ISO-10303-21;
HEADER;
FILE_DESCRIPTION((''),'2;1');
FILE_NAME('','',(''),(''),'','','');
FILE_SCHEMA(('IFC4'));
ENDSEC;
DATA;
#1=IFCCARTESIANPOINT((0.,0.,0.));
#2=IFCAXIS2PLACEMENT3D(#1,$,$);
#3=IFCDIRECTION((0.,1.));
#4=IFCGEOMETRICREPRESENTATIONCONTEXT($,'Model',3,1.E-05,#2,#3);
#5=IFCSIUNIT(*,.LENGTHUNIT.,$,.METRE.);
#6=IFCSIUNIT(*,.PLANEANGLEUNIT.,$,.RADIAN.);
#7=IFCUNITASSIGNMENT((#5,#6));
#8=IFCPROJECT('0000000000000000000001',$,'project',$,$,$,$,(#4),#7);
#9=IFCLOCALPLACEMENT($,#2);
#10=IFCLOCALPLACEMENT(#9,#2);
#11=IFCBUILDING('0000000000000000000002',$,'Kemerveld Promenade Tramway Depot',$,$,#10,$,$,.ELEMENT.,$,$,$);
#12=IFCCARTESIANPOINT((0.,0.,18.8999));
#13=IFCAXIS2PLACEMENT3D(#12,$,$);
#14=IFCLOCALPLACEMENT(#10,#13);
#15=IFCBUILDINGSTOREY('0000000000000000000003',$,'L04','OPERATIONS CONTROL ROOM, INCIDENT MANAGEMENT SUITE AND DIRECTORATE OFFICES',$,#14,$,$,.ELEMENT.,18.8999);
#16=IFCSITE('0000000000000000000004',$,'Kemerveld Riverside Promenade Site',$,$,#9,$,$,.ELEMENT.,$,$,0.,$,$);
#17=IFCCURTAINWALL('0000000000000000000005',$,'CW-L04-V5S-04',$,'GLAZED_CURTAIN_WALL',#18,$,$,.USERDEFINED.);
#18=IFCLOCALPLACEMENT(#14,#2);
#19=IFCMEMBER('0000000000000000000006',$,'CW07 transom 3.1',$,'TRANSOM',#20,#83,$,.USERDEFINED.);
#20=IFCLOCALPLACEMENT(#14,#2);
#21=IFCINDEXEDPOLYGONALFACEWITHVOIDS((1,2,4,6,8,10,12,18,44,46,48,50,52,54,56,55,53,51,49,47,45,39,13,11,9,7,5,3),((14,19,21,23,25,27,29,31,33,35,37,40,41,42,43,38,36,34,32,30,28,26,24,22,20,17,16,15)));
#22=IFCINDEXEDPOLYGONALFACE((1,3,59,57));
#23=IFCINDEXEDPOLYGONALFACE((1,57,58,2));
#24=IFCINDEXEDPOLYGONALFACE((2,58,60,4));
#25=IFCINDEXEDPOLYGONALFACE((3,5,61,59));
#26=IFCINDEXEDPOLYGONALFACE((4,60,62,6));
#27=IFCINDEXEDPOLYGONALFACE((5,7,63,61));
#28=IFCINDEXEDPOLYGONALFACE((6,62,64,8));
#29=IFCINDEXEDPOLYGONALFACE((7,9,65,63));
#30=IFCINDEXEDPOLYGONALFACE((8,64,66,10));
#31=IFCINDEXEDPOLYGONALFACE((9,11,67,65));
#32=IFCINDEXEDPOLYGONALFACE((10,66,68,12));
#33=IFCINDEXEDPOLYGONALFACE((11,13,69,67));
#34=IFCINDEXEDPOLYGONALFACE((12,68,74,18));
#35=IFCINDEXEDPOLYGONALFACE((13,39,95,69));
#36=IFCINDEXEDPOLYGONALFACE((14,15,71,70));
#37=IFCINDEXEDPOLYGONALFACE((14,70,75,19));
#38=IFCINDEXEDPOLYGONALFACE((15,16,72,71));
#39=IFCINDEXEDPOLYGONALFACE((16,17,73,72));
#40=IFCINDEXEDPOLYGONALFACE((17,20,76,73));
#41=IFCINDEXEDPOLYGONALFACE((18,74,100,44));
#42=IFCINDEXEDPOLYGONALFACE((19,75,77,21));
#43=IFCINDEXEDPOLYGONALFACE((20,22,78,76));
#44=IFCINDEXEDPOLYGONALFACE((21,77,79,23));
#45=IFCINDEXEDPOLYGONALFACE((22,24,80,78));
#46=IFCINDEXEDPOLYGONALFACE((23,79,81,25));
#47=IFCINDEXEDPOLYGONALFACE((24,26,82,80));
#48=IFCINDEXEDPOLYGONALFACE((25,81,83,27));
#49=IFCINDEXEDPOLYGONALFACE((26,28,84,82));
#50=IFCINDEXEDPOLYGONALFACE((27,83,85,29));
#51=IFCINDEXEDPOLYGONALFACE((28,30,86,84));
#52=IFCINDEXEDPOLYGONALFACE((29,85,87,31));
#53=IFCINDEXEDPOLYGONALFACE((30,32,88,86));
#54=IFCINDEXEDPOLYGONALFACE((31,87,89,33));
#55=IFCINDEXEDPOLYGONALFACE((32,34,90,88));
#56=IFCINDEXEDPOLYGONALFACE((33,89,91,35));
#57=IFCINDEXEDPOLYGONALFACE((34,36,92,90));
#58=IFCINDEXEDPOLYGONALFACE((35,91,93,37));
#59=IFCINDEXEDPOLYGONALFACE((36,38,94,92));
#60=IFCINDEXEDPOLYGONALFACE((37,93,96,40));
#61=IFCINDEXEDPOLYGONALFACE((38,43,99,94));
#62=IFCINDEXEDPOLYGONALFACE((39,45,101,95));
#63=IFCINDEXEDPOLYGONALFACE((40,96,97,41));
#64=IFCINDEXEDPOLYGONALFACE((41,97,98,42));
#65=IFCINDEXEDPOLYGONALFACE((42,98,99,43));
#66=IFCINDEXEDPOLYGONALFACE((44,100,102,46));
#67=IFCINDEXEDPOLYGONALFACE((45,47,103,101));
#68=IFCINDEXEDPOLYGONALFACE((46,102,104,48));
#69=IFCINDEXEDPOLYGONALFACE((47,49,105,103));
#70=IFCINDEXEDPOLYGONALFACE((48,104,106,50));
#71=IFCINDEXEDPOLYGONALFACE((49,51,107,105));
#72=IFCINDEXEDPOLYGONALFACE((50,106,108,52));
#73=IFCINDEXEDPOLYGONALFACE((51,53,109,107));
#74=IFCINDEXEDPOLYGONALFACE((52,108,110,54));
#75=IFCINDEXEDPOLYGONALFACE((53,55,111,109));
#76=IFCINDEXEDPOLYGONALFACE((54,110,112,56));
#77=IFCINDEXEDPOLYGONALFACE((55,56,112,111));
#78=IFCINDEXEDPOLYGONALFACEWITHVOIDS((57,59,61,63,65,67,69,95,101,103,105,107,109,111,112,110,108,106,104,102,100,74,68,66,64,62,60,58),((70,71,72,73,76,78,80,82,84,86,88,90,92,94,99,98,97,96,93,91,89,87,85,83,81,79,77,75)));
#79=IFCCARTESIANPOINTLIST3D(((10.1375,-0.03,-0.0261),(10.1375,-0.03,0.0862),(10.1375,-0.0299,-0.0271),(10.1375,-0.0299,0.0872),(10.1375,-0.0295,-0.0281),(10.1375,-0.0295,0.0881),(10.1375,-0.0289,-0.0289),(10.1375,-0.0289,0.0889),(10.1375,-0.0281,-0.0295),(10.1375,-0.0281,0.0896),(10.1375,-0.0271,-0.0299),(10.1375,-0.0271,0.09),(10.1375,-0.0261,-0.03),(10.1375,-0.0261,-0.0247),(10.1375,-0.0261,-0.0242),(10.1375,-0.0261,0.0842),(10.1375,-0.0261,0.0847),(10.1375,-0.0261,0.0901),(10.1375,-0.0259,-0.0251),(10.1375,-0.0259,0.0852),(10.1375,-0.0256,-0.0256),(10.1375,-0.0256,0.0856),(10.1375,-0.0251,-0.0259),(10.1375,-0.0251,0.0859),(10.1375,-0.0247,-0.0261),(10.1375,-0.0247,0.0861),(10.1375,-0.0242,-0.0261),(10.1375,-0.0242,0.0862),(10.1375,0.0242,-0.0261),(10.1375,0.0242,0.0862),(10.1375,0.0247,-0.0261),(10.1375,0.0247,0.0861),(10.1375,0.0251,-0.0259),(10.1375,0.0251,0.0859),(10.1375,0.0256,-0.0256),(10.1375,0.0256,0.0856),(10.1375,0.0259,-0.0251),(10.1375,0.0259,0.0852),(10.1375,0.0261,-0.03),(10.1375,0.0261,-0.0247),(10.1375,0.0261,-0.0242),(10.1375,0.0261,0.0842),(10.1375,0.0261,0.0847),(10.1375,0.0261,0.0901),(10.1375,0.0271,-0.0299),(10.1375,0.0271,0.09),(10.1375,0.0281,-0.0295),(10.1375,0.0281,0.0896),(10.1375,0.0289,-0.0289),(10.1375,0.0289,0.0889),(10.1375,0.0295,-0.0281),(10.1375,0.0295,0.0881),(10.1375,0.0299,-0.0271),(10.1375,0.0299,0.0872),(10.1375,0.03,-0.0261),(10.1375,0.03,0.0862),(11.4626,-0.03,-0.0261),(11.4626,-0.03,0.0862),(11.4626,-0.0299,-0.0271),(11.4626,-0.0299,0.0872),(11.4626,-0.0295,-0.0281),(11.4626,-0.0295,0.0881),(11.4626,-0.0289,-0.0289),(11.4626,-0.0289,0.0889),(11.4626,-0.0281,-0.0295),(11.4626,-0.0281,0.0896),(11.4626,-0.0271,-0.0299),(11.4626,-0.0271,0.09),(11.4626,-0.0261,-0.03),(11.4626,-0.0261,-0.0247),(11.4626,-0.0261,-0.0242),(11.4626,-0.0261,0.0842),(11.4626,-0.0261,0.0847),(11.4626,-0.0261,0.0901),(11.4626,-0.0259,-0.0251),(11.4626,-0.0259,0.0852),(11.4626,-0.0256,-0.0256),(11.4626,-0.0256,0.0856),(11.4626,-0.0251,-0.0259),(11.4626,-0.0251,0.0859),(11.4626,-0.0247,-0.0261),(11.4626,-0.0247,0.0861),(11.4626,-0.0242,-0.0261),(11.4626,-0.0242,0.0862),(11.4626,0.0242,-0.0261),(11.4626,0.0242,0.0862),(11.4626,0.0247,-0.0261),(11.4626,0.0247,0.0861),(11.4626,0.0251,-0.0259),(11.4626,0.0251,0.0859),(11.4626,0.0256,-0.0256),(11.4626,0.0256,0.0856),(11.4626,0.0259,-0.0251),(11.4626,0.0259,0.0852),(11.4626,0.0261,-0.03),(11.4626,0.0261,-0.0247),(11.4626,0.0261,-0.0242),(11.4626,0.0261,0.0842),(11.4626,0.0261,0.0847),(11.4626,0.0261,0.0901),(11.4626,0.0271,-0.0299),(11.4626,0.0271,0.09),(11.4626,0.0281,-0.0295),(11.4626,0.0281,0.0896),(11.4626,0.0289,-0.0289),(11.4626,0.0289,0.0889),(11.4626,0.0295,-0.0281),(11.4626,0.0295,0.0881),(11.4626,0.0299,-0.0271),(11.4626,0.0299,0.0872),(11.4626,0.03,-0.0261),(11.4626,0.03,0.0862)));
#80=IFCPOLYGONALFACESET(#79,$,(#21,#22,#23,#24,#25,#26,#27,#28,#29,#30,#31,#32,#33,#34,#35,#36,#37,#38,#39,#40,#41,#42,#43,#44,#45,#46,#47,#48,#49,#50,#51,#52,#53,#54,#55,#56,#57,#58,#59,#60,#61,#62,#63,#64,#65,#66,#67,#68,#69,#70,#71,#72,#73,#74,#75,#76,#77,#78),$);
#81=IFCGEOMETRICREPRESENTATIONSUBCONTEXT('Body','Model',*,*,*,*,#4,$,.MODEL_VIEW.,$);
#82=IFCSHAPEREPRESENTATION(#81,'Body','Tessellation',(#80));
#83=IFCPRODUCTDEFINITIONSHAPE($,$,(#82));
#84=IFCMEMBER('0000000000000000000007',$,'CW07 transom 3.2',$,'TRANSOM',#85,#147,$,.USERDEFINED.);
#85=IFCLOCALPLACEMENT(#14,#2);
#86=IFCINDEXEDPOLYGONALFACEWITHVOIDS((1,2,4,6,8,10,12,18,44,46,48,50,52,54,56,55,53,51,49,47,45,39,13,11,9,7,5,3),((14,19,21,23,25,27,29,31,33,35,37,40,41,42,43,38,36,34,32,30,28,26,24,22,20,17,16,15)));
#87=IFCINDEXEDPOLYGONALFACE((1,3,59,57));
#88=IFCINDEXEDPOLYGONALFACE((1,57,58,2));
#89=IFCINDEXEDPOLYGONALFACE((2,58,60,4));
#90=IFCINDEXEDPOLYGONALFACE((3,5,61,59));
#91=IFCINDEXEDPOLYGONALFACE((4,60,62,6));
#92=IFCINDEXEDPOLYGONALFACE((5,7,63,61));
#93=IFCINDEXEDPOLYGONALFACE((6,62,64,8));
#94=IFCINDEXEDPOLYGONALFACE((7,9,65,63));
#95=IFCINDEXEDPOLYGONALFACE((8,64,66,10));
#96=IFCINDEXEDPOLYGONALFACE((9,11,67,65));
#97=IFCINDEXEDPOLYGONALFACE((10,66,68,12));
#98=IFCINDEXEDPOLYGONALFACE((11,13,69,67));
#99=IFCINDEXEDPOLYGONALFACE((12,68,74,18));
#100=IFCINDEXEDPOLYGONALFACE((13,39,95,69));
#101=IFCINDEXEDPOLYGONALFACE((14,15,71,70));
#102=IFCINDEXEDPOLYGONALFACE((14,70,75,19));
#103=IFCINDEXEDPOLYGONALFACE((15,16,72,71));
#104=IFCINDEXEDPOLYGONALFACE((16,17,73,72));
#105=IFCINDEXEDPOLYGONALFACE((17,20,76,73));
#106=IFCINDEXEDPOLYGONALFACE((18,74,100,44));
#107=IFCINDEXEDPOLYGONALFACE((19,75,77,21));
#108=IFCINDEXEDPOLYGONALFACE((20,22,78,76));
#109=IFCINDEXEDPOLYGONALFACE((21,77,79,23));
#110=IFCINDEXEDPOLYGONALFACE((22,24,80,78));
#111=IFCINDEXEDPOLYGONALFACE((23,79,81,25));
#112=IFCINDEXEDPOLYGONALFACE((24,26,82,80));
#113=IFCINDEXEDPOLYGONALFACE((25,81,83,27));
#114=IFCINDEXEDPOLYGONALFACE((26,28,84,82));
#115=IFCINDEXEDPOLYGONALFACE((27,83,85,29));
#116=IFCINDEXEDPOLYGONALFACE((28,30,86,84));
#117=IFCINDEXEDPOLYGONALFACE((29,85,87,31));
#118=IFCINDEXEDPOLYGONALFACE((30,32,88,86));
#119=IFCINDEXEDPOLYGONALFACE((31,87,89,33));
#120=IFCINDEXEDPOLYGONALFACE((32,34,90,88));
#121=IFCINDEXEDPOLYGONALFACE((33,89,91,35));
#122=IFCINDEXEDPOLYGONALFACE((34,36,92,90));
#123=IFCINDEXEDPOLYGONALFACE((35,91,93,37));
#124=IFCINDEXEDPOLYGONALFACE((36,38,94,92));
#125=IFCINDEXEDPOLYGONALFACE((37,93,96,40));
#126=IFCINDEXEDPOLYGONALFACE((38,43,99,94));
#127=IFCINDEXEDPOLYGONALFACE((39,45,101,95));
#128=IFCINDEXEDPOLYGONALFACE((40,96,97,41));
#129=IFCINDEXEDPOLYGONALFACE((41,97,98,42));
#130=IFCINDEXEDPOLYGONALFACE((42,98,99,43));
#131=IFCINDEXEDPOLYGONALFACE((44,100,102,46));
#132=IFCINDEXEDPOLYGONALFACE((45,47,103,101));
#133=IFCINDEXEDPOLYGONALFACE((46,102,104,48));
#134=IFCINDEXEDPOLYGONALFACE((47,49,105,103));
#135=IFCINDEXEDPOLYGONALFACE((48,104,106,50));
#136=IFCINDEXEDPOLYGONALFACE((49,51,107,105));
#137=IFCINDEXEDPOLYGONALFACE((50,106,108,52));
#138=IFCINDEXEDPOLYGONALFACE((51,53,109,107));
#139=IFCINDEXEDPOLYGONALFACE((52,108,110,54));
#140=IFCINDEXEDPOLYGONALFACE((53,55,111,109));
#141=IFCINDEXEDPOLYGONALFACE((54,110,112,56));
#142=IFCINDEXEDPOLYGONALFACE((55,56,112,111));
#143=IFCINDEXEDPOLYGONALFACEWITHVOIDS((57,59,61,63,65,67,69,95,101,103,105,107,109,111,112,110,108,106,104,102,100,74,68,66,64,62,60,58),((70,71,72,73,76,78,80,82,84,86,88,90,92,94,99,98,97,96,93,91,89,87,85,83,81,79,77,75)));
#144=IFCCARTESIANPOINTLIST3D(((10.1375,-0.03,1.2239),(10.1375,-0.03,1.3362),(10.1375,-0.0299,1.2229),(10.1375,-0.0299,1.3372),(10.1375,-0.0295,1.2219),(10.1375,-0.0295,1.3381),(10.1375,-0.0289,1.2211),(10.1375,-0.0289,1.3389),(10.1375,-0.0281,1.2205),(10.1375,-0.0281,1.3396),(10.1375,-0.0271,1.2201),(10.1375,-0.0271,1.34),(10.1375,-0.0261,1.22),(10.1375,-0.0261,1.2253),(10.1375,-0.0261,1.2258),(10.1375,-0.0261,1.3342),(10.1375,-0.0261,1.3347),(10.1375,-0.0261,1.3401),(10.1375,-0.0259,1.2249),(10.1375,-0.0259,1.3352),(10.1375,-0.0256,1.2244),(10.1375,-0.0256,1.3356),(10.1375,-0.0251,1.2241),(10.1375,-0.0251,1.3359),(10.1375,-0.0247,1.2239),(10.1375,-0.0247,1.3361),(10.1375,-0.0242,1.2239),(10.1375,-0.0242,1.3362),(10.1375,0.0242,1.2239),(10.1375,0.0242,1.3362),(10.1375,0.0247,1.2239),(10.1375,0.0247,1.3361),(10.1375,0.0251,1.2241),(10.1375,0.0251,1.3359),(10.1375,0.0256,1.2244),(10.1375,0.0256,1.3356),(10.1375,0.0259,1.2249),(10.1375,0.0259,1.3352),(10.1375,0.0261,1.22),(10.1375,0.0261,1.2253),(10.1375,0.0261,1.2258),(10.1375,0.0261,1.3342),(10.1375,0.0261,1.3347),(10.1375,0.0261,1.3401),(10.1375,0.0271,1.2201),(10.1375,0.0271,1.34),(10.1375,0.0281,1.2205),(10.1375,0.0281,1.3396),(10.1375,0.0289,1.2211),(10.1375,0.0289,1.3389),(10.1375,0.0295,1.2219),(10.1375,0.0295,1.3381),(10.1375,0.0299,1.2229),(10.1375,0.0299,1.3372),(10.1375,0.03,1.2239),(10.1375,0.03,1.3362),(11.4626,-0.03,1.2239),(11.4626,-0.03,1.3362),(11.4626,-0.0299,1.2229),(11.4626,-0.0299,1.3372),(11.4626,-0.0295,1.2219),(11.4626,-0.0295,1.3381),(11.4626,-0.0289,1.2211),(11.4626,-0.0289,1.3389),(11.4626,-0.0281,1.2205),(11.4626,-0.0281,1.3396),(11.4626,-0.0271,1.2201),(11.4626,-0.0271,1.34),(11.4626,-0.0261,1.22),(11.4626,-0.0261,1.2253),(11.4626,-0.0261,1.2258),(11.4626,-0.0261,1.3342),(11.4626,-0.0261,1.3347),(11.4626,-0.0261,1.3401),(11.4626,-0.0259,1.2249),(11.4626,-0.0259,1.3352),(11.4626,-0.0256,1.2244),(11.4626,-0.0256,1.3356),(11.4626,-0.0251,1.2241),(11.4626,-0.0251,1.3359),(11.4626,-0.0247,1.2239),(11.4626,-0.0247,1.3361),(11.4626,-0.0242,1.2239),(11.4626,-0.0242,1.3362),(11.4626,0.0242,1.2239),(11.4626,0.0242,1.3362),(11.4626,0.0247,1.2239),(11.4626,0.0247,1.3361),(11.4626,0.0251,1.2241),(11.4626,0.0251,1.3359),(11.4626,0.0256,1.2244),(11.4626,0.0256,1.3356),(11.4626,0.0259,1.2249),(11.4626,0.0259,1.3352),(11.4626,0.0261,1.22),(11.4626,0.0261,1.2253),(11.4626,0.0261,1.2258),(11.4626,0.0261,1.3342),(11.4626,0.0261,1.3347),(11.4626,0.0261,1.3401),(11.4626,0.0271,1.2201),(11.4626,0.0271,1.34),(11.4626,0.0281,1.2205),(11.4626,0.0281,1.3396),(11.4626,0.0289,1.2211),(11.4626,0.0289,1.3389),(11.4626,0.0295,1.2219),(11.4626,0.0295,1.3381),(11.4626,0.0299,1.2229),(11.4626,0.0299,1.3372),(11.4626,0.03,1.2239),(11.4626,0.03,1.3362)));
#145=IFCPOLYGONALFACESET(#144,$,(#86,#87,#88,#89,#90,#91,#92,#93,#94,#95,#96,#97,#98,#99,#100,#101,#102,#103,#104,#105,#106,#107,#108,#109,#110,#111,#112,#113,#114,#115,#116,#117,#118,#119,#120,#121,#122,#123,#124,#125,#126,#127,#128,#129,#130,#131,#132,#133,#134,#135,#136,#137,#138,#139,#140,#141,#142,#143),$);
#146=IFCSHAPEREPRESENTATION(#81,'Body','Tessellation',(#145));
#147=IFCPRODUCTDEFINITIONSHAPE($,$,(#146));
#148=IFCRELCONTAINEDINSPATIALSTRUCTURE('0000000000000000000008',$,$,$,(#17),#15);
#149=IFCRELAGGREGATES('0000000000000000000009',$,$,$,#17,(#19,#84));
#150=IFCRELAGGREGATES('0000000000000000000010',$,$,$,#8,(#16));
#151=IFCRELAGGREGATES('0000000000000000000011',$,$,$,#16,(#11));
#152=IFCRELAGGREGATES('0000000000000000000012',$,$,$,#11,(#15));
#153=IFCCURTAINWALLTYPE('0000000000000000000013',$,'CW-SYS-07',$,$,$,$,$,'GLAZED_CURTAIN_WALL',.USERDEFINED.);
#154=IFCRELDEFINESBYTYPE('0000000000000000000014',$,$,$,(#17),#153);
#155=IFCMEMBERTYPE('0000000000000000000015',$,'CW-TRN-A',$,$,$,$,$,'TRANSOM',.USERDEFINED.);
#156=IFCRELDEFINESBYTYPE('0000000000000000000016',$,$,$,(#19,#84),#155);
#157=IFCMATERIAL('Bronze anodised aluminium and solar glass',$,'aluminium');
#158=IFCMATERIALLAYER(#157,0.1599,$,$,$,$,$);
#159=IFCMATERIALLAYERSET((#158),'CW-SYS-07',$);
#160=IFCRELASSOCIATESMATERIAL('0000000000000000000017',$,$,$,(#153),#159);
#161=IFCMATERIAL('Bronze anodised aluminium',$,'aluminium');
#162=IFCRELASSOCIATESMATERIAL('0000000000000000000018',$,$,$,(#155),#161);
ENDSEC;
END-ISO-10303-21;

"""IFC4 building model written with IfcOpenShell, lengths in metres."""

from ifc_helpers import new_model, si_unit, direction, frame, origin, origin_2d, place, context, subcontext, project, spatial, hollow_rectangle, extrude, material, layer, layer_set, material_profile, profile_set, type_object, element, aggregate, save


model = new_model("IFC4")

# Units and contexts
model_context = context("Model", 3, precision=1e-05, world=origin(), true_north=direction((0.0, 1.0)))
body_context = subcontext(model_context, "Body", "Model", "MODEL_VIEW")
ifc_project = project(units=[si_unit("LENGTHUNIT", "METRE"), si_unit("PLANEANGLEUNIT", "RADIAN")], contexts=[model_context])

# Site, building, storey
site_placement = place(None, origin())
site = spatial("IfcSite", under=ifc_project, at=site_placement, Name="Kemerveld Riverside Promenade Site", CompositionType="ELEMENT", RefElevation=0.0)
building_placement = place(site_placement, origin())
building = spatial("IfcBuilding", under=site, at=building_placement, Name="Kemerveld Promenade Tramway Depot", CompositionType="ELEMENT")
storey_placement = place(building_placement, frame((0.0, 0.0, 18.8999)))
storey = spatial("IfcBuildingStorey", under=building, at=storey_placement, Name="L04", Description="OPERATIONS CONTROL ROOM, INCIDENT MANAGEMENT SUITE AND DIRECTORATE OFFICES", CompositionType="ELEMENT", Elevation=18.8999)

# Curtain wall, members
ifc_material_1 = material(Name="Bronze anodised aluminium and solar glass", Category="aluminium")
ifc_layer_1 = layer(ifc_material_1, 0.1599)
ifc_layer_set_1 = layer_set([ifc_layer_1], Name="CW-SYS-07")
curtain_wall_type = type_object("IfcCurtainWallType", Name="CW-SYS-07", ElementType="GLAZED_CURTAIN_WALL", PredefinedType="USERDEFINED", material=ifc_layer_set_1)
curtain_wall_placement = place(storey_placement, origin())
curtain_wall = element("IfcCurtainWall", 1, at=curtain_wall_placement, inside=storey, type_object=curtain_wall_type, Name="CW-L04-V5S-04", ObjectType="GLAZED_CURTAIN_WALL", PredefinedType="USERDEFINED")
ifc_material_2 = material(Name="Bronze anodised aluminium", Category="aluminium")
ifc_material_profile_1 = material_profile(ifc_material_2, hollow_rectangle(XDim=0.0601, YDim=0.1201, WallThickness=0.0039, InnerFilletRadius=0.002, OuterFilletRadius=0.0039, at=origin_2d()), Name="CW-TRN-120x60")
ifc_profile_set_1 = profile_set([ifc_material_profile_1], Name="Bronze anodised aluminium")
member_type_1 = type_object("IfcMemberType", Name="CW-TRN-A", ElementType="TRANSOM", PredefinedType="USERDEFINED", material=ifc_profile_set_1)
member_1_placement = place(storey_placement, frame((11.4626, 0.0, 0.03), z_axis=(-1.0, 0.0, 0.0), x_axis=(0.0, -1.0, 0.0)))
member_1 = element("IfcMember", 2, at=member_1_placement, type_object=member_type_1, Name="CW07 transom 3.1", ObjectType="TRANSOM", PredefinedType="USERDEFINED", context=body_context, shape_type="SweptSolid", body=[
    extrude(hollow_rectangle(XDim=0.0601, YDim=0.1201, WallThickness=0.0039, InnerFilletRadius=0.002, OuterFilletRadius=0.0039, at=origin_2d()), origin(), (0.0, 0.0, 1.0), 1.3252),
])
member_2_placement = place(storey_placement, frame((11.4626, 0.0, 1.28), z_axis=(-1.0, 0.0, 0.0), x_axis=(0.0, -1.0, 0.0)))
member_2 = element("IfcMember", 3, at=member_2_placement, type_object=member_type_1, Name="CW07 transom 3.2", ObjectType="TRANSOM", PredefinedType="USERDEFINED", context=body_context, shape_type="SweptSolid", body=[
    extrude(hollow_rectangle(XDim=0.0601, YDim=0.1201, WallThickness=0.0039, InnerFilletRadius=0.002, OuterFilletRadius=0.0039, at=origin_2d()), origin(), (0.0, 0.0, 1.0), 1.3252),
])

aggregate(curtain_wall, [member_1, member_2])

save(model, "model.ifc")
